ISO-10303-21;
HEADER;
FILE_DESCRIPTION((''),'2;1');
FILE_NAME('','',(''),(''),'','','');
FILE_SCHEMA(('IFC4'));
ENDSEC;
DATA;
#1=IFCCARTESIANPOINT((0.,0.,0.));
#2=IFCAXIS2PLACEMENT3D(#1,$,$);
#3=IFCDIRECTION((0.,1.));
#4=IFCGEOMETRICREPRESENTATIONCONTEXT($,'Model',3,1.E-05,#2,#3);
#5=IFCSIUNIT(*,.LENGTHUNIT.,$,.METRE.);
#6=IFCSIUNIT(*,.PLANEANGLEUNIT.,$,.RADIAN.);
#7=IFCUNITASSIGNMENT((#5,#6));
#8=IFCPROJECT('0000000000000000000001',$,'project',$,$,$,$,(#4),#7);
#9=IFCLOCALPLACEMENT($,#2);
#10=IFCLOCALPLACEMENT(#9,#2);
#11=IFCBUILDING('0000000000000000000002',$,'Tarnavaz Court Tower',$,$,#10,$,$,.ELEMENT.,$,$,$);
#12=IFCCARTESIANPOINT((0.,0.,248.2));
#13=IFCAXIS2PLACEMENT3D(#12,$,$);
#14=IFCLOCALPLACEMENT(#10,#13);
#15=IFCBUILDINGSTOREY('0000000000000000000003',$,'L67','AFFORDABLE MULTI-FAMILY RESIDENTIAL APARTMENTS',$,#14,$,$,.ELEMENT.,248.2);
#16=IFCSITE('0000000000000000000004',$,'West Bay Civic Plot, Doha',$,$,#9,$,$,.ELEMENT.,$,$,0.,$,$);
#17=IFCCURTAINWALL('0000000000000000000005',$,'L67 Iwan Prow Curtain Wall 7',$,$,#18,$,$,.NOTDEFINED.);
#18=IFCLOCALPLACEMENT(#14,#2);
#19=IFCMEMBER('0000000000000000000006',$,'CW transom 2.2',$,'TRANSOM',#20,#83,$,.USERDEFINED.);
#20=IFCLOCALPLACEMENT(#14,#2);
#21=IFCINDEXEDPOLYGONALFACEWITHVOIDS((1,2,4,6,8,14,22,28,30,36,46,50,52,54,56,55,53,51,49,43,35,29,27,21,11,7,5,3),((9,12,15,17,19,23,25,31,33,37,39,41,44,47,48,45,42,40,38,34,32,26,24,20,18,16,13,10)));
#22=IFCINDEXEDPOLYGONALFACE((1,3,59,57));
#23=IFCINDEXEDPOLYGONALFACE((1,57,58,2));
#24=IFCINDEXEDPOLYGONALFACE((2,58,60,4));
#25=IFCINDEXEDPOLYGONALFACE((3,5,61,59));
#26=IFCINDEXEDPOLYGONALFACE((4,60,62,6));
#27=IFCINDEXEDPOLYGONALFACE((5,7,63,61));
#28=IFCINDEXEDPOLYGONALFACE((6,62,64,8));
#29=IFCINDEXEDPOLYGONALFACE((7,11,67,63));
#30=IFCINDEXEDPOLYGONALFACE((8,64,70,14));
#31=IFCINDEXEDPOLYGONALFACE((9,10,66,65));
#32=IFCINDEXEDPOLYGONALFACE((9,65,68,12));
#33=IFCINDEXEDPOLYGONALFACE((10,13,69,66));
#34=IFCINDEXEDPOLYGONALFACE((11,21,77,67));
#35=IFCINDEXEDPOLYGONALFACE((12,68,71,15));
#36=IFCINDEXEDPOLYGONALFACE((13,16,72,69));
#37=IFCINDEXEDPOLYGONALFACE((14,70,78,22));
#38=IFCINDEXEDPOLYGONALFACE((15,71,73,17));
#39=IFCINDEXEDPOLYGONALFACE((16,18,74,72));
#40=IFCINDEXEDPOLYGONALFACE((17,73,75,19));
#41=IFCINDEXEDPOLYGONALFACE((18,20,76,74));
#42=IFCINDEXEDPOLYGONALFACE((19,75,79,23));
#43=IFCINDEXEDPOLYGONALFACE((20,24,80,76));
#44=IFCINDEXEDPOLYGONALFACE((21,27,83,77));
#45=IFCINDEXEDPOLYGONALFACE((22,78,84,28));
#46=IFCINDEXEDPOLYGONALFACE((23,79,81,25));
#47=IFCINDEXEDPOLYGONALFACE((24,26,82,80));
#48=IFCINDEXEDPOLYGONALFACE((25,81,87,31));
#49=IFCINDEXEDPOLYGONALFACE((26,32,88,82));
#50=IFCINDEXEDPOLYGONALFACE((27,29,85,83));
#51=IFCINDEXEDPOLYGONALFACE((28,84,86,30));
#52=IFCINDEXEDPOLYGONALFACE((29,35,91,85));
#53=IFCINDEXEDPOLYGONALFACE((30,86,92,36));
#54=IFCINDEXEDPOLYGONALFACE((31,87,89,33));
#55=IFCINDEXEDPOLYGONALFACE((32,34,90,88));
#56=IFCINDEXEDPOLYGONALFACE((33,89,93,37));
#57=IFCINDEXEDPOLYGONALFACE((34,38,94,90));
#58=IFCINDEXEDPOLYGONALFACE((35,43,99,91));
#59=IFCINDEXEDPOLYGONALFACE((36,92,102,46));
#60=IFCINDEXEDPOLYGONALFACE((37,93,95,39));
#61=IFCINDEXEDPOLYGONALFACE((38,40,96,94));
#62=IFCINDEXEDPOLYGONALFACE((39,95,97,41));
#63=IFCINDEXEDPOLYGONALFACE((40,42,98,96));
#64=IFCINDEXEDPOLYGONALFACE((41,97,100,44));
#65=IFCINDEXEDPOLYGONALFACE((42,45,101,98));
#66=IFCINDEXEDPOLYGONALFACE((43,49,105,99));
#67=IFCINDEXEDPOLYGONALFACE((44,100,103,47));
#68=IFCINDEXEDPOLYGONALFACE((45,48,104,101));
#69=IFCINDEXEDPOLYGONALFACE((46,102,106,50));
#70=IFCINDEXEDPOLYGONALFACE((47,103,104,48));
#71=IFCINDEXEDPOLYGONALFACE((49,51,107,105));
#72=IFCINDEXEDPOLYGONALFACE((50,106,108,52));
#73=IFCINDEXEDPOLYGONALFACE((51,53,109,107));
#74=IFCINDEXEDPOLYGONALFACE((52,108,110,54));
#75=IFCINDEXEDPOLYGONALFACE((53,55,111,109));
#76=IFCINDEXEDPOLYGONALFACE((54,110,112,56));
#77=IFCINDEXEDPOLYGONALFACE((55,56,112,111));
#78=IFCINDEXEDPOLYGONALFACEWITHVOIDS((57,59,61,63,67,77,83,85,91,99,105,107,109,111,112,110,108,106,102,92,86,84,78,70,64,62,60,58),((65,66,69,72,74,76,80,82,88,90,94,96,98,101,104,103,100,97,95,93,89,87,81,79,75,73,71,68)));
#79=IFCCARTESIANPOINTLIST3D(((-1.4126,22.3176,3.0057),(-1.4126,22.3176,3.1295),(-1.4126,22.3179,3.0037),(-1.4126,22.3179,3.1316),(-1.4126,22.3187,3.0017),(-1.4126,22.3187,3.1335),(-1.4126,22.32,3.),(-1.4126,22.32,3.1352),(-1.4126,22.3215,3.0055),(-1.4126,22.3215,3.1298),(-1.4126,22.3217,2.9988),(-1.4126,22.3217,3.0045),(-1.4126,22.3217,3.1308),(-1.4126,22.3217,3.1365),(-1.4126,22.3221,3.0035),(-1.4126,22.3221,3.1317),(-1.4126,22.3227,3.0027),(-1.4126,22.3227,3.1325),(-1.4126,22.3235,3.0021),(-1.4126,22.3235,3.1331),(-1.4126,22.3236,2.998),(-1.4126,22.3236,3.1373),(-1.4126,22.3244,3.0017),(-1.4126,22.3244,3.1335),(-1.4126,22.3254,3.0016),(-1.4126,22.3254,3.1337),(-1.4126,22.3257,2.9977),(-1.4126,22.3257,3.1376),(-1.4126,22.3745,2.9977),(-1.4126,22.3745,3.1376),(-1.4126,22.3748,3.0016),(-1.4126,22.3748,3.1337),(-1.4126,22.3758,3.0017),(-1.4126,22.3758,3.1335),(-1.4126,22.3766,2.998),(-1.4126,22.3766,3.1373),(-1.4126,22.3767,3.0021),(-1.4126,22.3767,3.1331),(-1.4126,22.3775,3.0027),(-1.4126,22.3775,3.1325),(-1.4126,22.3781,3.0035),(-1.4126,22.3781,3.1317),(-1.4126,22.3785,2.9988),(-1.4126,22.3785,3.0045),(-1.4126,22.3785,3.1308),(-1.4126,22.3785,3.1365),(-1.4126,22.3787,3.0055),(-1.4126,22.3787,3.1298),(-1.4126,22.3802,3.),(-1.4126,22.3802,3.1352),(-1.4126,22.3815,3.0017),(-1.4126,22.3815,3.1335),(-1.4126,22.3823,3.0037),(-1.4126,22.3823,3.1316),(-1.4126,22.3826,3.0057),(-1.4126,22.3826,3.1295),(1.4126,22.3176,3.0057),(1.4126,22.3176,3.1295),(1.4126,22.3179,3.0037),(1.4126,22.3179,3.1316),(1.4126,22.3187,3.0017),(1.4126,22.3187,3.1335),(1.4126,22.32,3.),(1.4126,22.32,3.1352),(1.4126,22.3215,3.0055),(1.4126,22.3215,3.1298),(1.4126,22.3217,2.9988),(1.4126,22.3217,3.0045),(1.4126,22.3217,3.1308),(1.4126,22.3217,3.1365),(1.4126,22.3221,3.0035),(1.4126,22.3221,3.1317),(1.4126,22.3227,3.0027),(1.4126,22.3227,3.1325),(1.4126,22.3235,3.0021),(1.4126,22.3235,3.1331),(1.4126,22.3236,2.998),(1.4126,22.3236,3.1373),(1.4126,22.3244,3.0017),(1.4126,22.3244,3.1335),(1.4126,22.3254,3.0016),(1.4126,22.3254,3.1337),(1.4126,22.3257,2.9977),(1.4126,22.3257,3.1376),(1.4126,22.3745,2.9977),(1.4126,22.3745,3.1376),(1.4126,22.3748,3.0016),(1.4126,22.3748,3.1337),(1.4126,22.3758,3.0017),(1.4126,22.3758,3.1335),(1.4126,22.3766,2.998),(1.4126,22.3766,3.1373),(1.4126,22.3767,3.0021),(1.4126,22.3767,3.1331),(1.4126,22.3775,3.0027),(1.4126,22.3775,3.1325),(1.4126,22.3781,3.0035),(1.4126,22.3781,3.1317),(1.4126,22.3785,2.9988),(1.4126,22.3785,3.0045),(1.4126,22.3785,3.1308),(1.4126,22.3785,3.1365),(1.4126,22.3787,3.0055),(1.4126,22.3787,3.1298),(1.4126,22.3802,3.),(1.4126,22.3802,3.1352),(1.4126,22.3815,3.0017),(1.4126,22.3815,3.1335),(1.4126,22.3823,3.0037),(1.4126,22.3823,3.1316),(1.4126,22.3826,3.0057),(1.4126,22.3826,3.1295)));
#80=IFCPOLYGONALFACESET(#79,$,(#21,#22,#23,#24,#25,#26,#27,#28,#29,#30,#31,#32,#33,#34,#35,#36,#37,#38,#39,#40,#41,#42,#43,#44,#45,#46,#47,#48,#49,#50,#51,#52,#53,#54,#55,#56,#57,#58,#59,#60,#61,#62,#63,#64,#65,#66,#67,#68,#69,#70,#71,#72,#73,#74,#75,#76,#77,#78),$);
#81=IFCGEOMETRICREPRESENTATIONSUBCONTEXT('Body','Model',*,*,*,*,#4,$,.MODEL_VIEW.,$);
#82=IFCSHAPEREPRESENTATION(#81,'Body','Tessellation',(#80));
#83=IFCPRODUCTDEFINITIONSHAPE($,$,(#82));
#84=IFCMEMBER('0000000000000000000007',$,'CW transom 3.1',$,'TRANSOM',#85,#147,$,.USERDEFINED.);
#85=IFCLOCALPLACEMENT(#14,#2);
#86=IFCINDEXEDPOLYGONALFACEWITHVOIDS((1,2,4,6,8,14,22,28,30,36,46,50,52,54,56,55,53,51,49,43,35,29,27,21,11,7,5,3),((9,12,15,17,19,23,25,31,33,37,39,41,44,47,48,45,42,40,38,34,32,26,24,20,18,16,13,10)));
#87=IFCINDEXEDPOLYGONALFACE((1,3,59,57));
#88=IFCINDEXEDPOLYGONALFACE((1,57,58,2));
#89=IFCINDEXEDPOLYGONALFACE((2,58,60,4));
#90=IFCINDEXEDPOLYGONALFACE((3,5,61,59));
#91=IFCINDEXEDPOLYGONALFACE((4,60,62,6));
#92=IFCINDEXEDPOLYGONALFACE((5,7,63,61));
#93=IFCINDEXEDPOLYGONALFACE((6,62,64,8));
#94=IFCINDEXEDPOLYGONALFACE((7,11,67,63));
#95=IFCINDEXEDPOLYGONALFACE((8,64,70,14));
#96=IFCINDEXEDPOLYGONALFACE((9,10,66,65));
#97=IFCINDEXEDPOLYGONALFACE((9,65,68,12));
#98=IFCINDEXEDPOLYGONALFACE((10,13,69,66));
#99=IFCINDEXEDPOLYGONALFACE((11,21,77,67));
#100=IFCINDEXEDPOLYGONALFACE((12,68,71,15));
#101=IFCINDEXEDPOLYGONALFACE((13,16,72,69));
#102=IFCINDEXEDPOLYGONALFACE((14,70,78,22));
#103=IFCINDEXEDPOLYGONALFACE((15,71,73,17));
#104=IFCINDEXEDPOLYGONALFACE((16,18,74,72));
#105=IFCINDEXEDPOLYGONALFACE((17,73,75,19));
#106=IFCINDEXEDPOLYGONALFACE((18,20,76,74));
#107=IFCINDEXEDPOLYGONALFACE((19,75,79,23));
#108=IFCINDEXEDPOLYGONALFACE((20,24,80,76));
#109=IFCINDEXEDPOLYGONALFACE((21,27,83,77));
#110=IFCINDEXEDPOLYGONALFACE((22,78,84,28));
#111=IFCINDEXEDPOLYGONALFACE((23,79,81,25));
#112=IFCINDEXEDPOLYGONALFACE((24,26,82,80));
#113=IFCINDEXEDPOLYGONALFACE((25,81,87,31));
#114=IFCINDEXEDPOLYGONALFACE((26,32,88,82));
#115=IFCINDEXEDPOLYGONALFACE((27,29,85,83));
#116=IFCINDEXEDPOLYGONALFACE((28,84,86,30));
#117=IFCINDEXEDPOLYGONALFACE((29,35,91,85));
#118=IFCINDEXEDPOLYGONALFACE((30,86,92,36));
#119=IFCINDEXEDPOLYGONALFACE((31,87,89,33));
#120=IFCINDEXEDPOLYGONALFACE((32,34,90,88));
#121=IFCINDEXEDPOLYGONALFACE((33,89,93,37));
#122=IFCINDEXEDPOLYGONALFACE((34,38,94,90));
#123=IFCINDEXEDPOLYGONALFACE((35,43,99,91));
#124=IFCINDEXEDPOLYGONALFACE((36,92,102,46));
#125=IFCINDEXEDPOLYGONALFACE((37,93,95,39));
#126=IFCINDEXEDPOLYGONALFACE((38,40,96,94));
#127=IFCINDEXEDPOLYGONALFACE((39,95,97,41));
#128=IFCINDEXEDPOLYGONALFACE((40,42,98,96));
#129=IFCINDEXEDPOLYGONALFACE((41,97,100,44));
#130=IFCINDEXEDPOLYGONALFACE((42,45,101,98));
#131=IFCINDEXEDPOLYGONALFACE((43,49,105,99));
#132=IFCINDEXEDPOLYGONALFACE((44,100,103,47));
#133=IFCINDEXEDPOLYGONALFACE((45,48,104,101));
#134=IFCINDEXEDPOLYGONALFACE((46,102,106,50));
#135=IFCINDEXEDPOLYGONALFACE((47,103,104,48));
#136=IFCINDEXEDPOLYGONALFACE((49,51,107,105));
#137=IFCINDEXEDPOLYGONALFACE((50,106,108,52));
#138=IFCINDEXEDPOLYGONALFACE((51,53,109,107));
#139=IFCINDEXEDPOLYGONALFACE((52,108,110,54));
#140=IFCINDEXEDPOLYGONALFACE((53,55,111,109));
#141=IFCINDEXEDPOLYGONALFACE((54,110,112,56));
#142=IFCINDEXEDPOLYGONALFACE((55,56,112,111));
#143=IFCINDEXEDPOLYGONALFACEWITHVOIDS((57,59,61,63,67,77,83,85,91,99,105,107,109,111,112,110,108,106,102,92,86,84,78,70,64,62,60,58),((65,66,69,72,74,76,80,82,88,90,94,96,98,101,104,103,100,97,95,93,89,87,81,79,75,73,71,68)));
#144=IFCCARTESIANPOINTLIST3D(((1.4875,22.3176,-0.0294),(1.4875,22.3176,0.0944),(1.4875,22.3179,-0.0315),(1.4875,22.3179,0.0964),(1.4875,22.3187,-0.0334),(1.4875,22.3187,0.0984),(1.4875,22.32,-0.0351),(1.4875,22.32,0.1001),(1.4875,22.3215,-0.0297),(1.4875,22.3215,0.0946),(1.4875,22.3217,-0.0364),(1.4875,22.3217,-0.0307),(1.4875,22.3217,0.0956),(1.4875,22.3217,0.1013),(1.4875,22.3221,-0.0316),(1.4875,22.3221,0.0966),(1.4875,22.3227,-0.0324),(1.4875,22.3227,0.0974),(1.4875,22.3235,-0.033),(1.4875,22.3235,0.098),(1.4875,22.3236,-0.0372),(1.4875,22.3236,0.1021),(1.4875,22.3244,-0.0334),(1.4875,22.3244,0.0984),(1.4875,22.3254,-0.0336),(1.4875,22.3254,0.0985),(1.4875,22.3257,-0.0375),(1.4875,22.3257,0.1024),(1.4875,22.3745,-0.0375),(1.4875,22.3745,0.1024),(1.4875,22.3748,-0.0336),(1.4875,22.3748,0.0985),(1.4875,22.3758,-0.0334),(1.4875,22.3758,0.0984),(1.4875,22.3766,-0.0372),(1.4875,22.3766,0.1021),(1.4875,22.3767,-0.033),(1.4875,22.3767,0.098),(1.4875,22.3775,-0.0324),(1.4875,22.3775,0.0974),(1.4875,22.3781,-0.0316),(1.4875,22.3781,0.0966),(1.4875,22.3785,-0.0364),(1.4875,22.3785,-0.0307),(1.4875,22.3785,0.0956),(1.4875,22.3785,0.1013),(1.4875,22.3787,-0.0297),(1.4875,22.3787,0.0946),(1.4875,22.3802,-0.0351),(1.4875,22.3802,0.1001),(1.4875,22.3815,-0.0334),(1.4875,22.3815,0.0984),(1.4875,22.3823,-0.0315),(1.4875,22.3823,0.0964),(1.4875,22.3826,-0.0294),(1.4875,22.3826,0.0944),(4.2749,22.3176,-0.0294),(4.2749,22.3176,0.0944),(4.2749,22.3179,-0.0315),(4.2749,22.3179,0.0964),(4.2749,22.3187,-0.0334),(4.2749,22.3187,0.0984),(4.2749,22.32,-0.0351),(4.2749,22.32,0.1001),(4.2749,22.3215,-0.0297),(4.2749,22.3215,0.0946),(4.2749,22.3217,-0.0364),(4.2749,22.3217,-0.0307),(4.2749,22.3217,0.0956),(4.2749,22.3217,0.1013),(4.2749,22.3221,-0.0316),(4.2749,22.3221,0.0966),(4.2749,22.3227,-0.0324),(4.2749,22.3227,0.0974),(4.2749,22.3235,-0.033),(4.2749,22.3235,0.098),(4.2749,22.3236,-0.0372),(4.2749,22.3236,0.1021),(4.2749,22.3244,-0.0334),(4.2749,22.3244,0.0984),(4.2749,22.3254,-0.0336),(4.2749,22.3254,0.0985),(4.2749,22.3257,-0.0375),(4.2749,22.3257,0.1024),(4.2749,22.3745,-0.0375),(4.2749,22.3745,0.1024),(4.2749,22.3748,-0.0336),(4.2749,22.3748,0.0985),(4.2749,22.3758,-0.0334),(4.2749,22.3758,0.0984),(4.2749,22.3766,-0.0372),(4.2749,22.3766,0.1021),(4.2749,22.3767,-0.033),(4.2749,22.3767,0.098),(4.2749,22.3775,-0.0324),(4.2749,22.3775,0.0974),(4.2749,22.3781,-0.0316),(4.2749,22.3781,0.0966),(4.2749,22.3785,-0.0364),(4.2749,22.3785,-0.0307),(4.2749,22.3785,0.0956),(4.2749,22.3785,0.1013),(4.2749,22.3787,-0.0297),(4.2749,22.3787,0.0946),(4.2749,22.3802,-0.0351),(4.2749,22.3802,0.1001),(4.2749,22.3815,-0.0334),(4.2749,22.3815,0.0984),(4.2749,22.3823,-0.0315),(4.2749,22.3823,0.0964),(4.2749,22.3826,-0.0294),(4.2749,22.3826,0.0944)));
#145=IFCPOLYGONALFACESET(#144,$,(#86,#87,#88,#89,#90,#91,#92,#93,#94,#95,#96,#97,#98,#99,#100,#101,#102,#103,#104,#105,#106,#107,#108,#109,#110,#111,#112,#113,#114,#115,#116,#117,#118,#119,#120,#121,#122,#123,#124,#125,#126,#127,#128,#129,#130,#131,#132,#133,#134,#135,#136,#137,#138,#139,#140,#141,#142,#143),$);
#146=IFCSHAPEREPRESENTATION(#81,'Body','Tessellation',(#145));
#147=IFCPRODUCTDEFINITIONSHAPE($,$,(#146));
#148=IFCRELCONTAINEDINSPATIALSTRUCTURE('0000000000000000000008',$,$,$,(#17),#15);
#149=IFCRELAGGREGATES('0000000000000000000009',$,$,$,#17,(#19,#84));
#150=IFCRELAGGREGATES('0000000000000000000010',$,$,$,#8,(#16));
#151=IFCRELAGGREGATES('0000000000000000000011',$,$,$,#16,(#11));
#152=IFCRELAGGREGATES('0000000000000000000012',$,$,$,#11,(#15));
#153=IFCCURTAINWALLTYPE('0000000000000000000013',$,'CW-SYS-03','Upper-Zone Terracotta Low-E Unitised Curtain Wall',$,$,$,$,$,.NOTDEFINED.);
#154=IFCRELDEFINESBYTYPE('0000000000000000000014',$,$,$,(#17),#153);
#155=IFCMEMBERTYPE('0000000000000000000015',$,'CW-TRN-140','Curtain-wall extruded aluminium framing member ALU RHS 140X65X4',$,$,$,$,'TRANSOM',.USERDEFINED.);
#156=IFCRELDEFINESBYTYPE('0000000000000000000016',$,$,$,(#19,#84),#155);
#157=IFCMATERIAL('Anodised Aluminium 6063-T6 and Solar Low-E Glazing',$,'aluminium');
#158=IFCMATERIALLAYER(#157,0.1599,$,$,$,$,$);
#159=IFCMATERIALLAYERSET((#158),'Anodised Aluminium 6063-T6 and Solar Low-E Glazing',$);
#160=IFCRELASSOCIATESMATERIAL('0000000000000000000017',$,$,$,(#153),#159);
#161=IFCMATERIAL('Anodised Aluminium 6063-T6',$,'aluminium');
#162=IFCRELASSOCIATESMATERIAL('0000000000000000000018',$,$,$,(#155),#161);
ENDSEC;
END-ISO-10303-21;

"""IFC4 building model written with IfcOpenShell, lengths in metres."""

from ifc_helpers import new_model, si_unit, direction, frame, origin, origin_2d, place, context, subcontext, project, spatial, hollow_rectangle, extrude, material, layer, layer_set, material_profile, profile_set, type_object, element, aggregate, save


model = new_model("IFC4")

# Units and contexts
model_context = context("Model", 3, precision=1e-05, world=origin(), true_north=direction((0.0, 1.0)))
body_context = subcontext(model_context, "Body", "Model", "MODEL_VIEW")
ifc_project = project(units=[si_unit("LENGTHUNIT", "METRE"), si_unit("PLANEANGLEUNIT", "RADIAN")], contexts=[model_context])

# Site, building, storey
site_placement = place(None, origin())
site = spatial("IfcSite", under=ifc_project, at=site_placement, Name="West Bay Civic Plot, Doha", CompositionType="ELEMENT", RefElevation=0.0)
building_placement = place(site_placement, origin())
building = spatial("IfcBuilding", under=site, at=building_placement, Name="Tarnavaz Court Tower", CompositionType="ELEMENT")
storey_placement = place(building_placement, frame((0.0, 0.0, 248.2)))
storey = spatial("IfcBuildingStorey", under=building, at=storey_placement, Name="L67", Description="AFFORDABLE MULTI-FAMILY RESIDENTIAL APARTMENTS", CompositionType="ELEMENT", Elevation=248.2)

# Curtain wall, members
ifc_material_1 = material(Name="Anodised Aluminium 6063-T6 and Solar Low-E Glazing", Category="aluminium")
ifc_layer_1 = layer(ifc_material_1, 0.1599)
ifc_layer_set_1 = layer_set([ifc_layer_1], Name="Anodised Aluminium 6063-T6 and Solar Low-E Glazing")
curtain_wall_type = type_object("IfcCurtainWallType", Name="CW-SYS-03", Description="Upper-Zone Terracotta Low-E Unitised Curtain Wall", PredefinedType="NOTDEFINED", material=ifc_layer_set_1)
curtain_wall_placement = place(storey_placement, origin())
curtain_wall = element("IfcCurtainWall", 1, at=curtain_wall_placement, inside=storey, type_object=curtain_wall_type, Name="L67 Iwan Prow Curtain Wall 7", PredefinedType="NOTDEFINED")
ifc_material_2 = material(Name="Anodised Aluminium 6063-T6", Category="aluminium")
ifc_material_profile_1 = material_profile(ifc_material_2, hollow_rectangle(XDim=0.0649, YDim=0.1399, WallThickness=0.0039, InnerFilletRadius=0.0039, OuterFilletRadius=0.0081, at=origin_2d()), Name="ALU RHS 140X65X4")
ifc_profile_set_1 = profile_set([ifc_material_profile_1], Name="Anodised Aluminium 6063-T6")
member_type_1 = type_object("IfcMemberType", Name="CW-TRN-140", Description="Curtain-wall extruded aluminium framing member ALU RHS 140X65X4", ElementType="TRANSOM", PredefinedType="USERDEFINED", material=ifc_profile_set_1)
member_1_placement = place(storey_placement, frame((-1.4126, 22.3501, 3.0676), z_axis=(1.0, 0.0, 0.0), x_axis=(0.0, 1.0, 0.0)))
member_1 = element("IfcMember", 2, at=member_1_placement, type_object=member_type_1, Name="CW transom 2.2", ObjectType="TRANSOM", PredefinedType="USERDEFINED", context=body_context, shape_type="SweptSolid", body=[
    extrude(hollow_rectangle(XDim=0.0649, YDim=0.1399, WallThickness=0.0039, InnerFilletRadius=0.0039, OuterFilletRadius=0.0081, at=origin_2d()), origin(), (0.0, 0.0, 1.0), 2.8252),
])
member_2_placement = place(storey_placement, frame((1.4875, 22.3501, 0.0325), z_axis=(1.0, 0.0, 0.0), x_axis=(0.0, 1.0, 0.0)))
member_2 = element("IfcMember", 3, at=member_2_placement, type_object=member_type_1, Name="CW transom 3.1", ObjectType="TRANSOM", PredefinedType="USERDEFINED", context=body_context, shape_type="SweptSolid", body=[
    extrude(hollow_rectangle(XDim=0.0649, YDim=0.1399, WallThickness=0.0039, InnerFilletRadius=0.0039, OuterFilletRadius=0.0081, at=origin_2d()), origin(), (0.0, 0.0, 1.0), 2.7874),
])
aggregate(curtain_wall, [member_1, member_2])

save(model, "model.ifc")
